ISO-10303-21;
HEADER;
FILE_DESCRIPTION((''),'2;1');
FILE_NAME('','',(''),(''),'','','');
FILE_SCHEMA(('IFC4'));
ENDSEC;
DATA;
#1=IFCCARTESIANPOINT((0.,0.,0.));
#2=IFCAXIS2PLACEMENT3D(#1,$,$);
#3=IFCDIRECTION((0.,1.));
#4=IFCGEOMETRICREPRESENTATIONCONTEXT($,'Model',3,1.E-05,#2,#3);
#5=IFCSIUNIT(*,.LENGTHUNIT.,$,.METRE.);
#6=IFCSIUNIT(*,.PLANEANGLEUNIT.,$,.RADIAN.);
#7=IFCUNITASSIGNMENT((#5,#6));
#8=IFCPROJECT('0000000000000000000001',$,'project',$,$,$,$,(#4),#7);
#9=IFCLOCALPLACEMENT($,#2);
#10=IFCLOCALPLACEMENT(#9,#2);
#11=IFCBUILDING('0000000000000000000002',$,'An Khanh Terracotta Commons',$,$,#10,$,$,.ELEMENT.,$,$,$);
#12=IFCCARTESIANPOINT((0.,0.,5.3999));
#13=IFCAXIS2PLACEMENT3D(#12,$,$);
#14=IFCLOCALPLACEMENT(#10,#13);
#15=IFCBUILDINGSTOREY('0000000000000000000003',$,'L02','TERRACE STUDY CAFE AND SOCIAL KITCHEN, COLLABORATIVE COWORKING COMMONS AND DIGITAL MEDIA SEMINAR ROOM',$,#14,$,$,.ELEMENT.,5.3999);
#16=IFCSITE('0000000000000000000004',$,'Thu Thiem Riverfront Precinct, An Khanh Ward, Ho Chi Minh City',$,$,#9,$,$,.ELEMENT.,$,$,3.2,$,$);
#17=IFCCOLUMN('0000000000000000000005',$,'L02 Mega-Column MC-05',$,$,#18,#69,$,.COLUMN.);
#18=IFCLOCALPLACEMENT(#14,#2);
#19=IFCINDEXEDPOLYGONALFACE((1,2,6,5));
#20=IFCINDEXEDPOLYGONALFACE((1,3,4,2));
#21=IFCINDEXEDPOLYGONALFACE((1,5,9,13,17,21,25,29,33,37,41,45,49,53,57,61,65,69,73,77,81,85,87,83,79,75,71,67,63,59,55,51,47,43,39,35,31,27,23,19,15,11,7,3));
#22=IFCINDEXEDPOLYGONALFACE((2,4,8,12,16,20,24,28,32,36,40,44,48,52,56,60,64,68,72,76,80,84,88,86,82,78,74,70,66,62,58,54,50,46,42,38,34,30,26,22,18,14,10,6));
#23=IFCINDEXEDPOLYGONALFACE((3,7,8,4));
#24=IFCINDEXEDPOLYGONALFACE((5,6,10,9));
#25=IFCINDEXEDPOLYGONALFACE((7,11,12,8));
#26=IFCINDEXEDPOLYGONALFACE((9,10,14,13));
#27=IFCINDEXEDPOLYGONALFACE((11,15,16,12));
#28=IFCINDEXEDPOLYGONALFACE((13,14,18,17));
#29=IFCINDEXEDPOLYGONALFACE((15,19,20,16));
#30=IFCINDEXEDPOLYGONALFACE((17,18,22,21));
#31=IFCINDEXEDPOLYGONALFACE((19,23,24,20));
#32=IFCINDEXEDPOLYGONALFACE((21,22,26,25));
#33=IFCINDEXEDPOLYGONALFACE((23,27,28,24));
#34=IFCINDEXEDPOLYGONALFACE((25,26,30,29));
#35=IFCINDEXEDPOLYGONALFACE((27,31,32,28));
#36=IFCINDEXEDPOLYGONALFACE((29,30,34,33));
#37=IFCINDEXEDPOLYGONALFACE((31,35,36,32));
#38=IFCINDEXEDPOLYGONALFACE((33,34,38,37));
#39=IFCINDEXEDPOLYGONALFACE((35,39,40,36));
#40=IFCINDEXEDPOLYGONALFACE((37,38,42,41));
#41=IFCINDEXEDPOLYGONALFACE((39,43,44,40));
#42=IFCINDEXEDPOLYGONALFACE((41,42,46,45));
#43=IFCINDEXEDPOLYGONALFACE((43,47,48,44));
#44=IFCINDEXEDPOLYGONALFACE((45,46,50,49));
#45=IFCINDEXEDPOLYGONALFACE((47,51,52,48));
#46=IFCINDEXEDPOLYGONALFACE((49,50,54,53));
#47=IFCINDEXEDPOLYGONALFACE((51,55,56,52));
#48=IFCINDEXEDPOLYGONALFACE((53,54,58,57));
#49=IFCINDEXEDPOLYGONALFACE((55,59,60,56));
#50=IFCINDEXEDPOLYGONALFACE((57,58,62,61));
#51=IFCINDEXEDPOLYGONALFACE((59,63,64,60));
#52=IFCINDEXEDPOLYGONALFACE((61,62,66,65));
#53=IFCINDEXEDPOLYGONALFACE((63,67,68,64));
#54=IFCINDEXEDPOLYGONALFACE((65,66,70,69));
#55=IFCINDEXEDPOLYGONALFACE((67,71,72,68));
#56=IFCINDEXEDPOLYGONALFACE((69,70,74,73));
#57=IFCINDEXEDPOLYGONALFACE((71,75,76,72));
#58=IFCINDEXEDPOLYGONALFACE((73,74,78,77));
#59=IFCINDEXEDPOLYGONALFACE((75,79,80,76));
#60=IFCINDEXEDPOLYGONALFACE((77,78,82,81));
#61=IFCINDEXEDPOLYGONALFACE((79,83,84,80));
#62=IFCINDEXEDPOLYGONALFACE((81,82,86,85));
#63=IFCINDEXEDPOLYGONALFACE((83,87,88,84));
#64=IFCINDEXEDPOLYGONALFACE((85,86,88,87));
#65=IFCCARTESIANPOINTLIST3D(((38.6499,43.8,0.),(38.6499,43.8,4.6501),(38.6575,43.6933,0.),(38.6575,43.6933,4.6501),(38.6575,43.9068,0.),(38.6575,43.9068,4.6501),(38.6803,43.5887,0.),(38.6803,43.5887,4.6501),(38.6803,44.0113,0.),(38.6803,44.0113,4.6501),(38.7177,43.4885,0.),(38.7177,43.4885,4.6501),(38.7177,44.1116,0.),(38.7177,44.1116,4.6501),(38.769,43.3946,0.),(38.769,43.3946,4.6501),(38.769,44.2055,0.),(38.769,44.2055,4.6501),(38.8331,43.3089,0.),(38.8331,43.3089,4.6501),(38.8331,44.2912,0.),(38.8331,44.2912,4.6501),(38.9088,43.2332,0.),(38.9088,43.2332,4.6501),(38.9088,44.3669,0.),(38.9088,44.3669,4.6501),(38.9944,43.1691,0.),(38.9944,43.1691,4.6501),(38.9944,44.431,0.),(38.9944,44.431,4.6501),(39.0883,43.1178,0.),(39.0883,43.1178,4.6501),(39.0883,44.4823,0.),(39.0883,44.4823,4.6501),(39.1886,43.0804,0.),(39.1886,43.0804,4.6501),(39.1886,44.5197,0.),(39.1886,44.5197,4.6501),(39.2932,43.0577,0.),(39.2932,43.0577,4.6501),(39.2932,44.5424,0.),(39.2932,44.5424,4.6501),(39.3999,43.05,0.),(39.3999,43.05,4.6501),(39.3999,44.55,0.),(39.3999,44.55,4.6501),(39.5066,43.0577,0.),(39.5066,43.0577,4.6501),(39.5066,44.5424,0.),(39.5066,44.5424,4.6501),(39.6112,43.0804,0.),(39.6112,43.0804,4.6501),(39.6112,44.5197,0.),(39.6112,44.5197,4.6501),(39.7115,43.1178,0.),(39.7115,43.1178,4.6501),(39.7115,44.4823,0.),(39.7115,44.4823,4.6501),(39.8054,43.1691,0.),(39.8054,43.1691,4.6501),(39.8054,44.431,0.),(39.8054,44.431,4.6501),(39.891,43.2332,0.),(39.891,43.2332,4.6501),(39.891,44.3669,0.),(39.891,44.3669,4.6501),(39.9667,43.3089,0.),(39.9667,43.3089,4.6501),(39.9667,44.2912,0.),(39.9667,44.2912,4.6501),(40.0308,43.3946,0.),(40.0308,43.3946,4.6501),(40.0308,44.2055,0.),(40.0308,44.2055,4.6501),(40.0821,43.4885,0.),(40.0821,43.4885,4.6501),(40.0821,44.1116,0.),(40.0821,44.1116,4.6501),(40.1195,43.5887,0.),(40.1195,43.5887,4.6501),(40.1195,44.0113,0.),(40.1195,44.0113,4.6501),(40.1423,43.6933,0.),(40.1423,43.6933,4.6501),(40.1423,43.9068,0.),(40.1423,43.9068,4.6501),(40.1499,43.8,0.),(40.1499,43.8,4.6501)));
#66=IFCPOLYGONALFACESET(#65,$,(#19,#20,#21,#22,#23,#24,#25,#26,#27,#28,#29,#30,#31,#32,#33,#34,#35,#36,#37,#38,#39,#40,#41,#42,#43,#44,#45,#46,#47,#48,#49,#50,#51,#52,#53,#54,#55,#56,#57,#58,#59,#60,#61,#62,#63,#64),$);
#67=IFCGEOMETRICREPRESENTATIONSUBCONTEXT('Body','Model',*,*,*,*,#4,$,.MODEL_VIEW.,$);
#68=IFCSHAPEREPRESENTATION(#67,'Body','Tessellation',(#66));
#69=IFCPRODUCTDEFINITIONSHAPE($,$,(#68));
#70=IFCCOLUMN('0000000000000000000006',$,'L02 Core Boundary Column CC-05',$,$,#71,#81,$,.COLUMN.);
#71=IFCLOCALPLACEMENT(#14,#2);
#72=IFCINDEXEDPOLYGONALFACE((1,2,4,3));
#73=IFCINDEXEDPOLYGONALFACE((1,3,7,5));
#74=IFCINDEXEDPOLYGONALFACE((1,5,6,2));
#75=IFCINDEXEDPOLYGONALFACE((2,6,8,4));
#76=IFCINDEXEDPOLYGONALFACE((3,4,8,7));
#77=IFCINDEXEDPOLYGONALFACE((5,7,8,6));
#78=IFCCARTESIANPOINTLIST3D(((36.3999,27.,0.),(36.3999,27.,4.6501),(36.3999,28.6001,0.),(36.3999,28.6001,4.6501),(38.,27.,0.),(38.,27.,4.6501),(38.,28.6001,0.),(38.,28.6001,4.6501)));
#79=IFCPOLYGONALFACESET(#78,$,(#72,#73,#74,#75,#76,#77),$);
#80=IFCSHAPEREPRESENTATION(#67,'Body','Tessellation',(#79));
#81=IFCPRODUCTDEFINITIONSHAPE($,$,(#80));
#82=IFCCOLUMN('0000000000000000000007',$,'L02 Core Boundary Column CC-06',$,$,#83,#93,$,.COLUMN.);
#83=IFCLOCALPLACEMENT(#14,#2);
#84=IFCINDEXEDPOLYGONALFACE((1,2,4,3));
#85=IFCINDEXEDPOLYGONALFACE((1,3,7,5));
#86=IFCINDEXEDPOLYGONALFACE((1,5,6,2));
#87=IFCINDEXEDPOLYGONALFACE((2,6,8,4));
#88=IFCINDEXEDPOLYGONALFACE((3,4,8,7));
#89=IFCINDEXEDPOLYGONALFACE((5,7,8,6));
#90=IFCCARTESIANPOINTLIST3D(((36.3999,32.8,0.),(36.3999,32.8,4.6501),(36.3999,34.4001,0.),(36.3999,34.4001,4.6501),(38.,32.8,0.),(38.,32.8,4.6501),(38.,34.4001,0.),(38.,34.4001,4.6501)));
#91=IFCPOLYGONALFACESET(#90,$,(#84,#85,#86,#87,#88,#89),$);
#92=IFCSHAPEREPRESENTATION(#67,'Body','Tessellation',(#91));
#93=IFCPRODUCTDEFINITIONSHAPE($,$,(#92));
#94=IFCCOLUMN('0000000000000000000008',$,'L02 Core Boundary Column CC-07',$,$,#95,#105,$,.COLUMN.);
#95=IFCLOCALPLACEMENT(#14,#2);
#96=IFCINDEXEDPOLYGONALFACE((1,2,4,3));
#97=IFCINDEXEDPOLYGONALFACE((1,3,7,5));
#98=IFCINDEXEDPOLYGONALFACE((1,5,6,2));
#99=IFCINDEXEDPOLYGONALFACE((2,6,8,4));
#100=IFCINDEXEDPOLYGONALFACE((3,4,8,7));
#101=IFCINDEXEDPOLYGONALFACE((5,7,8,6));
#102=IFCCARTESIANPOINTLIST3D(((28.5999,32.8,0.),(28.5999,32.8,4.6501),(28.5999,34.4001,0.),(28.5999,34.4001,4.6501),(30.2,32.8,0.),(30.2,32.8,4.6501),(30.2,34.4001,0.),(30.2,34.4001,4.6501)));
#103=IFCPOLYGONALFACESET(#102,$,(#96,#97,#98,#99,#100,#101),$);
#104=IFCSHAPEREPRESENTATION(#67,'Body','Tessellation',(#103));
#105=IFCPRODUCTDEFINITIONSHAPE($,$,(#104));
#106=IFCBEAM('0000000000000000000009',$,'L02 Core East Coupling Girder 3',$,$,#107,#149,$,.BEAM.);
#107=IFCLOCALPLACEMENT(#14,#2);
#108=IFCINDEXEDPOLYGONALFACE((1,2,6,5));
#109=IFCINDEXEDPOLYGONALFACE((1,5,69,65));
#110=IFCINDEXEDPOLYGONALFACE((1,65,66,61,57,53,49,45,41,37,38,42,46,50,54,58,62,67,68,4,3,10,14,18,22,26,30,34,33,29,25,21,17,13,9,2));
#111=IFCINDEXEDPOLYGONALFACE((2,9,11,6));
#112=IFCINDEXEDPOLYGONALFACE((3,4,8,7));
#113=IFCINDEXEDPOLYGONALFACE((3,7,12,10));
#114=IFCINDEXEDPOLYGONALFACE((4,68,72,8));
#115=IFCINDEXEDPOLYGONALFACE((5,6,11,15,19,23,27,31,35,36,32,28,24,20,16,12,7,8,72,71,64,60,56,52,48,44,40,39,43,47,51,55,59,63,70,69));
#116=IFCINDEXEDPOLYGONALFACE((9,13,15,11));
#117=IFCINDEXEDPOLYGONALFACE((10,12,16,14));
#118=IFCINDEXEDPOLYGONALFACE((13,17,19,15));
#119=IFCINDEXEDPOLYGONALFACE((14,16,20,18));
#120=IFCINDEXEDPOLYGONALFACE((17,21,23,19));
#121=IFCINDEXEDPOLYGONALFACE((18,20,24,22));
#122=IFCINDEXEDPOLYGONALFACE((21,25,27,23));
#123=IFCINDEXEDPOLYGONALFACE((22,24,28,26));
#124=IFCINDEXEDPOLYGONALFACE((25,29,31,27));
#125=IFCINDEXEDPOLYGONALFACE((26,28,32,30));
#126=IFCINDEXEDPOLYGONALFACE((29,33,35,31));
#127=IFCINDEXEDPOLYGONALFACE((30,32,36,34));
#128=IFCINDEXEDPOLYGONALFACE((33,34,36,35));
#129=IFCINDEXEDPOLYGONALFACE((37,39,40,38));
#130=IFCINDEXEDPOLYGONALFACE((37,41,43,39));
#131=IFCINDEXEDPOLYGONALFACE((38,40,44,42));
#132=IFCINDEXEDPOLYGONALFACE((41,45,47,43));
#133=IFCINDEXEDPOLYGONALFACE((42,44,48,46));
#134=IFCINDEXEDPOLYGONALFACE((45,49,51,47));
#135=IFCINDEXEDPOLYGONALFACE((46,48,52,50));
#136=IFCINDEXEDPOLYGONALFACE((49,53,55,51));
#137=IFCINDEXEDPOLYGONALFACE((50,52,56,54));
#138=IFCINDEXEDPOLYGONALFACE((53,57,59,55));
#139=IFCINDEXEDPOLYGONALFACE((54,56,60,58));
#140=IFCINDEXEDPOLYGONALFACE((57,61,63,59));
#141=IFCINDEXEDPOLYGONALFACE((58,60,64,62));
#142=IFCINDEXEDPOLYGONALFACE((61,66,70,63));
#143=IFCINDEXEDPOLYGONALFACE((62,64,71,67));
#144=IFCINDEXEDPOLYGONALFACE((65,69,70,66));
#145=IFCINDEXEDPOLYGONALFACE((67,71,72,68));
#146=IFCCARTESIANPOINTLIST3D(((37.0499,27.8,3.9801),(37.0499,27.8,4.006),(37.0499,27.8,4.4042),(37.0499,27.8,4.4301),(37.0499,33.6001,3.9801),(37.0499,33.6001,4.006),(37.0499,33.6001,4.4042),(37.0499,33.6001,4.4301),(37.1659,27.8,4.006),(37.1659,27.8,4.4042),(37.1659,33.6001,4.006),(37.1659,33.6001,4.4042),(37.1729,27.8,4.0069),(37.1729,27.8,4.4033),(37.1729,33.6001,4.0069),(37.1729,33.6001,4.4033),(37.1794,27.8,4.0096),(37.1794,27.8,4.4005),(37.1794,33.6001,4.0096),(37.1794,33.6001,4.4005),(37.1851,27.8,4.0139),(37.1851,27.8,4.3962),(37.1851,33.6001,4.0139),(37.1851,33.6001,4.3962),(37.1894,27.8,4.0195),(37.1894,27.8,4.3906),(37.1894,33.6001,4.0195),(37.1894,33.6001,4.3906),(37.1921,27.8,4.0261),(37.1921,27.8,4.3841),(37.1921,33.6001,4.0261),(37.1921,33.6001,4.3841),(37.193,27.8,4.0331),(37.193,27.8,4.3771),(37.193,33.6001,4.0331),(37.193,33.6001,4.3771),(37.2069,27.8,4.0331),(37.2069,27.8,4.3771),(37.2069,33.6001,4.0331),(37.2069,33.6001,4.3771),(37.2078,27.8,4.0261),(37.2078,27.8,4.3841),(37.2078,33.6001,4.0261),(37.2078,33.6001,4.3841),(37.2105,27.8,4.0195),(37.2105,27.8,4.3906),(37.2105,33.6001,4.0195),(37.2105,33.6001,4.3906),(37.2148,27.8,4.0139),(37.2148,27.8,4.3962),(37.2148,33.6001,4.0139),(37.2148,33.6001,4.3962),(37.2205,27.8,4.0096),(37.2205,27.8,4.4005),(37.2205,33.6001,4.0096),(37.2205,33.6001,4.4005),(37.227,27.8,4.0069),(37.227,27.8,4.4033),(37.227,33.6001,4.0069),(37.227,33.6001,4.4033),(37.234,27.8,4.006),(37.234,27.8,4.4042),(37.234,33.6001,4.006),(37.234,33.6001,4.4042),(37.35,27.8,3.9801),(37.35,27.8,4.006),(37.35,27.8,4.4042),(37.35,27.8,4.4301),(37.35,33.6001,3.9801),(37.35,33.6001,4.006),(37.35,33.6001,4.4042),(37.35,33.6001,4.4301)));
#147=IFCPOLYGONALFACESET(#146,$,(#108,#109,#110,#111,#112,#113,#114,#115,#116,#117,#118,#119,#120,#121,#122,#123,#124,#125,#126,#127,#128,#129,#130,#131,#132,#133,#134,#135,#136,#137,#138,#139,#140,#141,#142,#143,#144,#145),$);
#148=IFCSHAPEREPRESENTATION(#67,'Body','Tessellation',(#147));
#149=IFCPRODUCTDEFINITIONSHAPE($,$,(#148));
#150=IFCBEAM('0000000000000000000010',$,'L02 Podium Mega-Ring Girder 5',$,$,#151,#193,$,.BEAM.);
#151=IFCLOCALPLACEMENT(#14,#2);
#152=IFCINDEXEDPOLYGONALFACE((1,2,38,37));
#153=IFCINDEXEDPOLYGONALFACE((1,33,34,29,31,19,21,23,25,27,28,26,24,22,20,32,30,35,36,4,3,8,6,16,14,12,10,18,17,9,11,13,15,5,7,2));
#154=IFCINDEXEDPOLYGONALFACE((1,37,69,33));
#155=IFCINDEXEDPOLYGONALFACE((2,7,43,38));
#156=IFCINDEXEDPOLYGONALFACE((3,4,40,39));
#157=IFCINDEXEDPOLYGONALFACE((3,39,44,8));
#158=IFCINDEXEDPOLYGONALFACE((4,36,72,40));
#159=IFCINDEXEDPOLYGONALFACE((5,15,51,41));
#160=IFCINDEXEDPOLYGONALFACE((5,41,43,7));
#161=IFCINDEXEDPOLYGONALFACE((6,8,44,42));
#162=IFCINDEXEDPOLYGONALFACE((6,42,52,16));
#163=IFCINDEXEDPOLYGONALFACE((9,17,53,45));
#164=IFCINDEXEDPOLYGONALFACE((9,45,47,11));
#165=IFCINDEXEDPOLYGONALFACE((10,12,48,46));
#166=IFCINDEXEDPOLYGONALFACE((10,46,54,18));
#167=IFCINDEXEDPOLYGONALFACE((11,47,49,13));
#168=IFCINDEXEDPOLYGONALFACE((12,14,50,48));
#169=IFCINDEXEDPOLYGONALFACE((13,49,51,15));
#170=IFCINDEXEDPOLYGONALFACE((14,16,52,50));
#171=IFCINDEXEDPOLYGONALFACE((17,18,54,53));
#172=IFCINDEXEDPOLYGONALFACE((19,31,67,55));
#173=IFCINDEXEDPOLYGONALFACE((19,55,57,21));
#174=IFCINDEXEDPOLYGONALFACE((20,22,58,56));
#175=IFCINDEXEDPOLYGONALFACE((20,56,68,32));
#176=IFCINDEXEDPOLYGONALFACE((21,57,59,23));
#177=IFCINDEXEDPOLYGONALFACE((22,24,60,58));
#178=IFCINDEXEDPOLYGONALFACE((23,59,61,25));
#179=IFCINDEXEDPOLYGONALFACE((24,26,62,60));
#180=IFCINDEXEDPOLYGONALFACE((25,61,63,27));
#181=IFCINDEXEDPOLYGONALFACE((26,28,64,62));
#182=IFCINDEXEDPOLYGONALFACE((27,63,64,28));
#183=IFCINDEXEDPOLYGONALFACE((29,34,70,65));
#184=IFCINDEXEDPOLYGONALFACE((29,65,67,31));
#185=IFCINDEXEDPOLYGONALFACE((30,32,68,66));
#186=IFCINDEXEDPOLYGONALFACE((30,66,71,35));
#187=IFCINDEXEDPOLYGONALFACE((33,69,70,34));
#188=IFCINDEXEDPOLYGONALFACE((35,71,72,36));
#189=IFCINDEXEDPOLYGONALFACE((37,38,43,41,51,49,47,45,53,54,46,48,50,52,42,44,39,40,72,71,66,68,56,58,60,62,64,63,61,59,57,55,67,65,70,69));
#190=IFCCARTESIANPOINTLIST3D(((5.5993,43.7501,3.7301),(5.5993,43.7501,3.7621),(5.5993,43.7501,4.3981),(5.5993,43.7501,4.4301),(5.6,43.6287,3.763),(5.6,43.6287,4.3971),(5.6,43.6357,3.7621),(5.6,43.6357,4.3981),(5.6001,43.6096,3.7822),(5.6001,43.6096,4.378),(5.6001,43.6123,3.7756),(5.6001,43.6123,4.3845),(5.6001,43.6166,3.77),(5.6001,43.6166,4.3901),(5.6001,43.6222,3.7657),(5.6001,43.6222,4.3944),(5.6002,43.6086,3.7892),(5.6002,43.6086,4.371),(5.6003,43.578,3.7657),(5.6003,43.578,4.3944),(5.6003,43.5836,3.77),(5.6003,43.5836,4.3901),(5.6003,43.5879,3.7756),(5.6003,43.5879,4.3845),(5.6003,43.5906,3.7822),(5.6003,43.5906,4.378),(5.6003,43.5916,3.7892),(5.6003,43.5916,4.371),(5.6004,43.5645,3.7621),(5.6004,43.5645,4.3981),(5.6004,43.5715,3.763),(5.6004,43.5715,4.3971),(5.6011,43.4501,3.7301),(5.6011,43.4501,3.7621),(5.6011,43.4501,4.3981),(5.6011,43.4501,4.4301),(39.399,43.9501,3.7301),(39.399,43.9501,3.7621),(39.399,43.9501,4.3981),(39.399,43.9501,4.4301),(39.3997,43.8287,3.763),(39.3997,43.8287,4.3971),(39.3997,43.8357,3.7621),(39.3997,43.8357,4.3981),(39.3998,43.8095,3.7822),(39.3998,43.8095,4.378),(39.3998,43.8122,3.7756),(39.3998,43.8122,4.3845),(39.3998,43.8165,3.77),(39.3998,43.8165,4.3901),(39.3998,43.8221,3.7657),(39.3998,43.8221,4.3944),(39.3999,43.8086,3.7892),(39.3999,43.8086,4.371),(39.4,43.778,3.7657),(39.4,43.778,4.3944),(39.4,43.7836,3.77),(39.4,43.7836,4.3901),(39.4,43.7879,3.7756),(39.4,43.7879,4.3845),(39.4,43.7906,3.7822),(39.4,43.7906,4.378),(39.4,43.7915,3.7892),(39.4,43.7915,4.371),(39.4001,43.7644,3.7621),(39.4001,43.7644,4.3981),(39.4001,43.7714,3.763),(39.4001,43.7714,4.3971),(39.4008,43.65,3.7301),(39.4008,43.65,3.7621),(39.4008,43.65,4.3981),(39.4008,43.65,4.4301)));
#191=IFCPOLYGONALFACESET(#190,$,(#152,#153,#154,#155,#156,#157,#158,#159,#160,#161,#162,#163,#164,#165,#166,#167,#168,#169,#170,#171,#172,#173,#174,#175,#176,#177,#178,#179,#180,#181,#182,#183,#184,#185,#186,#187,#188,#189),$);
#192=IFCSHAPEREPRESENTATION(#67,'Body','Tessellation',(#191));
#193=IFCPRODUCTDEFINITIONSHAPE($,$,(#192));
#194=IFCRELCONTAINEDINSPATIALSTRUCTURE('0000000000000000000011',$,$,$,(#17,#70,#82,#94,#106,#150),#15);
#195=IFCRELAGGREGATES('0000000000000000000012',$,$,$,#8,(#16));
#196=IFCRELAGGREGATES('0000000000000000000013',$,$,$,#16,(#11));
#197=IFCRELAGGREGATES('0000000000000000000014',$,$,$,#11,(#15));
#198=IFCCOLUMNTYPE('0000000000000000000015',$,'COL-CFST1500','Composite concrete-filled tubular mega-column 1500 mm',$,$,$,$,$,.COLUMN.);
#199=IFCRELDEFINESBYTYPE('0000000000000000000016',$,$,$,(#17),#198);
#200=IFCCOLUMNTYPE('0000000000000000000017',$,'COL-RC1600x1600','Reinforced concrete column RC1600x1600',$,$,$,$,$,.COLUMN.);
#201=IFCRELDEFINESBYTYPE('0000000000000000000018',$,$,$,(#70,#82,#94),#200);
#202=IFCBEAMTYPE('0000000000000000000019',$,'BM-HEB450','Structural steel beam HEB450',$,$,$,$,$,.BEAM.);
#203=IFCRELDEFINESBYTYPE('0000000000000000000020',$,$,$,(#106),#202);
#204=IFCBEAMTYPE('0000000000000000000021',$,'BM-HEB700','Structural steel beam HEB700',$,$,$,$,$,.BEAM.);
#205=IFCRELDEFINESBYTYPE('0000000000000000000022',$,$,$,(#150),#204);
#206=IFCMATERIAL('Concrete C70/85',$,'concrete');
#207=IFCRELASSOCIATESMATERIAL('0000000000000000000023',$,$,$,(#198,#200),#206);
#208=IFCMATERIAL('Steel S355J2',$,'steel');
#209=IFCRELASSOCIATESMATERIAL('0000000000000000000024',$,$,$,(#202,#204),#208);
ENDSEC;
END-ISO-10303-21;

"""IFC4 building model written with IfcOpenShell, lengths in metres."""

from ifc_helpers import new_model, si_unit, direction, frame, origin, origin_2d, place, context, subcontext, project, spatial, rectangle, circle, i_section, extrude, material, material_profile, profile_set, type_object, element, save


model = new_model("IFC4")

# Units and contexts
model_context = context("Model", 3, precision=1e-05, world=origin(), true_north=direction((0.0, 1.0)))
body_context = subcontext(model_context, "Body", "Model", "MODEL_VIEW")
ifc_project = project(units=[si_unit("LENGTHUNIT", "METRE"), si_unit("PLANEANGLEUNIT", "RADIAN")], contexts=[model_context])

# Site, building, storey
site_placement = place(None, origin())
site = spatial("IfcSite", under=ifc_project, at=site_placement, Name="Thu Thiem Riverfront Precinct, An Khanh Ward, Ho Chi Minh City", CompositionType="ELEMENT", RefElevation=3.2)
building_placement = place(site_placement, origin())
building = spatial("IfcBuilding", under=site, at=building_placement, Name="An Khanh Terracotta Commons", CompositionType="ELEMENT")
storey_placement = place(building_placement, frame((0.0, 0.0, 5.3999)))
storey = spatial("IfcBuildingStorey", under=building, at=storey_placement, Name="L02", Description="TERRACE STUDY CAFE AND SOCIAL KITCHEN, COLLABORATIVE COWORKING COMMONS AND DIGITAL MEDIA SEMINAR ROOM", CompositionType="ELEMENT", Elevation=5.3999)

# Columns
ifc_material_1 = material(Name="Concrete C70/85", Category="concrete")
ifc_material_profile_1 = material_profile(ifc_material_1, circle(Radius=0.75, at=origin_2d()), Name="CFST1500")
ifc_profile_set_1 = profile_set([ifc_material_profile_1], Name="Concrete C70/85")
column_type_1 = type_object("IfcColumnType", Name="COL-CFST1500", Description="Composite concrete-filled tubular mega-column 1500 mm", PredefinedType="COLUMN", material=ifc_profile_set_1)
column_placement = place(storey_placement, frame((39.3999, 43.8, 0.0), z_axis=(0.0, 0.0, 1.0), x_axis=(1.0, 0.0, 0.0)))
element("IfcColumn", 1, at=column_placement, inside=storey, type_object=column_type_1, Name="L02 Mega-Column MC-05", PredefinedType="COLUMN", context=body_context, shape_type="SweptSolid", body=[
    extrude(circle(Radius=0.75, at=origin_2d()), origin(), (0.0, 0.0, 1.0), 4.6501),
])
ifc_material_profile_2 = material_profile(ifc_material_1, rectangle(XDim=1.6001, YDim=1.6001, at=origin_2d()), Name="RC1600x1600")
ifc_profile_set_2 = profile_set([ifc_material_profile_2], Name="Concrete C70/85")
column_type_2 = type_object("IfcColumnType", Name="COL-RC1600x1600", Description="Reinforced concrete column RC1600x1600", PredefinedType="COLUMN", material=ifc_profile_set_2)
for number, where, z_axis, x_axis, name in (
    (2, (37.2, 27.8, 0.0), (0.0, 0.0, 1.0), (1.0, 0.0, 0.0), "L02 Core Boundary Column CC-05"),
    (3, (37.2, 33.6001, 0.0), (0.0, 0.0, 1.0), (1.0, 0.0, 0.0), "L02 Core Boundary Column CC-06"),
    (4, (29.3999, 33.6001, 0.0), (0.0, 0.0, 1.0), (1.0, 0.0, 0.0), "L02 Core Boundary Column CC-07"),
):
    element("IfcColumn", number, at=place(storey_placement, frame(where, z_axis=z_axis, x_axis=x_axis)), inside=storey, type_object=column_type_2, Name=name, PredefinedType="COLUMN", context=body_context, shape_type="SweptSolid", body=[
        extrude(rectangle(XDim=1.6001, YDim=1.6001, at=origin_2d()), origin(), (0.0, 0.0, 1.0), 4.6501),
    ])

# Beams
ifc_material_2 = material(Name="Steel S355J2", Category="steel")
ifc_material_profile_3 = material_profile(ifc_material_2, i_section(OverallWidth=0.3, OverallDepth=0.45, WebThickness=0.0139, FlangeThickness=0.0259, FilletRadius=0.0271, at=origin_2d()), Name="HEB450")
ifc_profile_set_3 = profile_set([ifc_material_profile_3], Name="Steel S355J2")
beam_type_1 = type_object("IfcBeamType", Name="BM-HEB450", Description="Structural steel beam HEB450", PredefinedType="BEAM", material=ifc_profile_set_3)
beam_1_placement = place(storey_placement, frame((37.2, 27.8, 4.2051), z_axis=(0.0, 1.0, 0.0), x_axis=(-1.0, 0.0, 0.0)))
element("IfcBeam", 5, at=beam_1_placement, inside=storey, type_object=beam_type_1, Name="L02 Core East Coupling Girder 3", PredefinedType="BEAM", context=body_context, shape_type="SweptSolid", body=[
    extrude(i_section(OverallWidth=0.3, OverallDepth=0.45, WebThickness=0.0139, FlangeThickness=0.0259, FilletRadius=0.0271, at=origin_2d()), origin(), (0.0, 0.0, 1.0), 5.8),
])
ifc_material_profile_4 = material_profile(ifc_material_2, i_section(OverallWidth=0.3, OverallDepth=0.7, WebThickness=0.0171, FlangeThickness=0.032, FilletRadius=0.0271, at=origin_2d()), Name="HEB700")
ifc_profile_set_4 = profile_set([ifc_material_profile_4], Name="Steel S355J2")
beam_type_2 = type_object("IfcBeamType", Name="BM-HEB700", Description="Structural steel beam HEB700", PredefinedType="BEAM", material=ifc_profile_set_4)
beam_2_placement = place(storey_placement, frame((39.3999, 43.8, 4.0801), z_axis=(-0.999983, -0.005916, 0.0), x_axis=(0.005916, -0.999983, 0.0)))
element("IfcBeam", 6, at=beam_2_placement, inside=storey, type_object=beam_type_2, Name="L02 Podium Mega-Ring Girder 5", PredefinedType="BEAM", context=body_context, shape_type="SweptSolid", body=[
    extrude(i_section(OverallWidth=0.3, OverallDepth=0.7, WebThickness=0.0171, FlangeThickness=0.032, FilletRadius=0.0271, at=origin_2d()), origin(), (0.0, 0.0, 1.0), 33.8003),
])

save(model, "model.ifc")
